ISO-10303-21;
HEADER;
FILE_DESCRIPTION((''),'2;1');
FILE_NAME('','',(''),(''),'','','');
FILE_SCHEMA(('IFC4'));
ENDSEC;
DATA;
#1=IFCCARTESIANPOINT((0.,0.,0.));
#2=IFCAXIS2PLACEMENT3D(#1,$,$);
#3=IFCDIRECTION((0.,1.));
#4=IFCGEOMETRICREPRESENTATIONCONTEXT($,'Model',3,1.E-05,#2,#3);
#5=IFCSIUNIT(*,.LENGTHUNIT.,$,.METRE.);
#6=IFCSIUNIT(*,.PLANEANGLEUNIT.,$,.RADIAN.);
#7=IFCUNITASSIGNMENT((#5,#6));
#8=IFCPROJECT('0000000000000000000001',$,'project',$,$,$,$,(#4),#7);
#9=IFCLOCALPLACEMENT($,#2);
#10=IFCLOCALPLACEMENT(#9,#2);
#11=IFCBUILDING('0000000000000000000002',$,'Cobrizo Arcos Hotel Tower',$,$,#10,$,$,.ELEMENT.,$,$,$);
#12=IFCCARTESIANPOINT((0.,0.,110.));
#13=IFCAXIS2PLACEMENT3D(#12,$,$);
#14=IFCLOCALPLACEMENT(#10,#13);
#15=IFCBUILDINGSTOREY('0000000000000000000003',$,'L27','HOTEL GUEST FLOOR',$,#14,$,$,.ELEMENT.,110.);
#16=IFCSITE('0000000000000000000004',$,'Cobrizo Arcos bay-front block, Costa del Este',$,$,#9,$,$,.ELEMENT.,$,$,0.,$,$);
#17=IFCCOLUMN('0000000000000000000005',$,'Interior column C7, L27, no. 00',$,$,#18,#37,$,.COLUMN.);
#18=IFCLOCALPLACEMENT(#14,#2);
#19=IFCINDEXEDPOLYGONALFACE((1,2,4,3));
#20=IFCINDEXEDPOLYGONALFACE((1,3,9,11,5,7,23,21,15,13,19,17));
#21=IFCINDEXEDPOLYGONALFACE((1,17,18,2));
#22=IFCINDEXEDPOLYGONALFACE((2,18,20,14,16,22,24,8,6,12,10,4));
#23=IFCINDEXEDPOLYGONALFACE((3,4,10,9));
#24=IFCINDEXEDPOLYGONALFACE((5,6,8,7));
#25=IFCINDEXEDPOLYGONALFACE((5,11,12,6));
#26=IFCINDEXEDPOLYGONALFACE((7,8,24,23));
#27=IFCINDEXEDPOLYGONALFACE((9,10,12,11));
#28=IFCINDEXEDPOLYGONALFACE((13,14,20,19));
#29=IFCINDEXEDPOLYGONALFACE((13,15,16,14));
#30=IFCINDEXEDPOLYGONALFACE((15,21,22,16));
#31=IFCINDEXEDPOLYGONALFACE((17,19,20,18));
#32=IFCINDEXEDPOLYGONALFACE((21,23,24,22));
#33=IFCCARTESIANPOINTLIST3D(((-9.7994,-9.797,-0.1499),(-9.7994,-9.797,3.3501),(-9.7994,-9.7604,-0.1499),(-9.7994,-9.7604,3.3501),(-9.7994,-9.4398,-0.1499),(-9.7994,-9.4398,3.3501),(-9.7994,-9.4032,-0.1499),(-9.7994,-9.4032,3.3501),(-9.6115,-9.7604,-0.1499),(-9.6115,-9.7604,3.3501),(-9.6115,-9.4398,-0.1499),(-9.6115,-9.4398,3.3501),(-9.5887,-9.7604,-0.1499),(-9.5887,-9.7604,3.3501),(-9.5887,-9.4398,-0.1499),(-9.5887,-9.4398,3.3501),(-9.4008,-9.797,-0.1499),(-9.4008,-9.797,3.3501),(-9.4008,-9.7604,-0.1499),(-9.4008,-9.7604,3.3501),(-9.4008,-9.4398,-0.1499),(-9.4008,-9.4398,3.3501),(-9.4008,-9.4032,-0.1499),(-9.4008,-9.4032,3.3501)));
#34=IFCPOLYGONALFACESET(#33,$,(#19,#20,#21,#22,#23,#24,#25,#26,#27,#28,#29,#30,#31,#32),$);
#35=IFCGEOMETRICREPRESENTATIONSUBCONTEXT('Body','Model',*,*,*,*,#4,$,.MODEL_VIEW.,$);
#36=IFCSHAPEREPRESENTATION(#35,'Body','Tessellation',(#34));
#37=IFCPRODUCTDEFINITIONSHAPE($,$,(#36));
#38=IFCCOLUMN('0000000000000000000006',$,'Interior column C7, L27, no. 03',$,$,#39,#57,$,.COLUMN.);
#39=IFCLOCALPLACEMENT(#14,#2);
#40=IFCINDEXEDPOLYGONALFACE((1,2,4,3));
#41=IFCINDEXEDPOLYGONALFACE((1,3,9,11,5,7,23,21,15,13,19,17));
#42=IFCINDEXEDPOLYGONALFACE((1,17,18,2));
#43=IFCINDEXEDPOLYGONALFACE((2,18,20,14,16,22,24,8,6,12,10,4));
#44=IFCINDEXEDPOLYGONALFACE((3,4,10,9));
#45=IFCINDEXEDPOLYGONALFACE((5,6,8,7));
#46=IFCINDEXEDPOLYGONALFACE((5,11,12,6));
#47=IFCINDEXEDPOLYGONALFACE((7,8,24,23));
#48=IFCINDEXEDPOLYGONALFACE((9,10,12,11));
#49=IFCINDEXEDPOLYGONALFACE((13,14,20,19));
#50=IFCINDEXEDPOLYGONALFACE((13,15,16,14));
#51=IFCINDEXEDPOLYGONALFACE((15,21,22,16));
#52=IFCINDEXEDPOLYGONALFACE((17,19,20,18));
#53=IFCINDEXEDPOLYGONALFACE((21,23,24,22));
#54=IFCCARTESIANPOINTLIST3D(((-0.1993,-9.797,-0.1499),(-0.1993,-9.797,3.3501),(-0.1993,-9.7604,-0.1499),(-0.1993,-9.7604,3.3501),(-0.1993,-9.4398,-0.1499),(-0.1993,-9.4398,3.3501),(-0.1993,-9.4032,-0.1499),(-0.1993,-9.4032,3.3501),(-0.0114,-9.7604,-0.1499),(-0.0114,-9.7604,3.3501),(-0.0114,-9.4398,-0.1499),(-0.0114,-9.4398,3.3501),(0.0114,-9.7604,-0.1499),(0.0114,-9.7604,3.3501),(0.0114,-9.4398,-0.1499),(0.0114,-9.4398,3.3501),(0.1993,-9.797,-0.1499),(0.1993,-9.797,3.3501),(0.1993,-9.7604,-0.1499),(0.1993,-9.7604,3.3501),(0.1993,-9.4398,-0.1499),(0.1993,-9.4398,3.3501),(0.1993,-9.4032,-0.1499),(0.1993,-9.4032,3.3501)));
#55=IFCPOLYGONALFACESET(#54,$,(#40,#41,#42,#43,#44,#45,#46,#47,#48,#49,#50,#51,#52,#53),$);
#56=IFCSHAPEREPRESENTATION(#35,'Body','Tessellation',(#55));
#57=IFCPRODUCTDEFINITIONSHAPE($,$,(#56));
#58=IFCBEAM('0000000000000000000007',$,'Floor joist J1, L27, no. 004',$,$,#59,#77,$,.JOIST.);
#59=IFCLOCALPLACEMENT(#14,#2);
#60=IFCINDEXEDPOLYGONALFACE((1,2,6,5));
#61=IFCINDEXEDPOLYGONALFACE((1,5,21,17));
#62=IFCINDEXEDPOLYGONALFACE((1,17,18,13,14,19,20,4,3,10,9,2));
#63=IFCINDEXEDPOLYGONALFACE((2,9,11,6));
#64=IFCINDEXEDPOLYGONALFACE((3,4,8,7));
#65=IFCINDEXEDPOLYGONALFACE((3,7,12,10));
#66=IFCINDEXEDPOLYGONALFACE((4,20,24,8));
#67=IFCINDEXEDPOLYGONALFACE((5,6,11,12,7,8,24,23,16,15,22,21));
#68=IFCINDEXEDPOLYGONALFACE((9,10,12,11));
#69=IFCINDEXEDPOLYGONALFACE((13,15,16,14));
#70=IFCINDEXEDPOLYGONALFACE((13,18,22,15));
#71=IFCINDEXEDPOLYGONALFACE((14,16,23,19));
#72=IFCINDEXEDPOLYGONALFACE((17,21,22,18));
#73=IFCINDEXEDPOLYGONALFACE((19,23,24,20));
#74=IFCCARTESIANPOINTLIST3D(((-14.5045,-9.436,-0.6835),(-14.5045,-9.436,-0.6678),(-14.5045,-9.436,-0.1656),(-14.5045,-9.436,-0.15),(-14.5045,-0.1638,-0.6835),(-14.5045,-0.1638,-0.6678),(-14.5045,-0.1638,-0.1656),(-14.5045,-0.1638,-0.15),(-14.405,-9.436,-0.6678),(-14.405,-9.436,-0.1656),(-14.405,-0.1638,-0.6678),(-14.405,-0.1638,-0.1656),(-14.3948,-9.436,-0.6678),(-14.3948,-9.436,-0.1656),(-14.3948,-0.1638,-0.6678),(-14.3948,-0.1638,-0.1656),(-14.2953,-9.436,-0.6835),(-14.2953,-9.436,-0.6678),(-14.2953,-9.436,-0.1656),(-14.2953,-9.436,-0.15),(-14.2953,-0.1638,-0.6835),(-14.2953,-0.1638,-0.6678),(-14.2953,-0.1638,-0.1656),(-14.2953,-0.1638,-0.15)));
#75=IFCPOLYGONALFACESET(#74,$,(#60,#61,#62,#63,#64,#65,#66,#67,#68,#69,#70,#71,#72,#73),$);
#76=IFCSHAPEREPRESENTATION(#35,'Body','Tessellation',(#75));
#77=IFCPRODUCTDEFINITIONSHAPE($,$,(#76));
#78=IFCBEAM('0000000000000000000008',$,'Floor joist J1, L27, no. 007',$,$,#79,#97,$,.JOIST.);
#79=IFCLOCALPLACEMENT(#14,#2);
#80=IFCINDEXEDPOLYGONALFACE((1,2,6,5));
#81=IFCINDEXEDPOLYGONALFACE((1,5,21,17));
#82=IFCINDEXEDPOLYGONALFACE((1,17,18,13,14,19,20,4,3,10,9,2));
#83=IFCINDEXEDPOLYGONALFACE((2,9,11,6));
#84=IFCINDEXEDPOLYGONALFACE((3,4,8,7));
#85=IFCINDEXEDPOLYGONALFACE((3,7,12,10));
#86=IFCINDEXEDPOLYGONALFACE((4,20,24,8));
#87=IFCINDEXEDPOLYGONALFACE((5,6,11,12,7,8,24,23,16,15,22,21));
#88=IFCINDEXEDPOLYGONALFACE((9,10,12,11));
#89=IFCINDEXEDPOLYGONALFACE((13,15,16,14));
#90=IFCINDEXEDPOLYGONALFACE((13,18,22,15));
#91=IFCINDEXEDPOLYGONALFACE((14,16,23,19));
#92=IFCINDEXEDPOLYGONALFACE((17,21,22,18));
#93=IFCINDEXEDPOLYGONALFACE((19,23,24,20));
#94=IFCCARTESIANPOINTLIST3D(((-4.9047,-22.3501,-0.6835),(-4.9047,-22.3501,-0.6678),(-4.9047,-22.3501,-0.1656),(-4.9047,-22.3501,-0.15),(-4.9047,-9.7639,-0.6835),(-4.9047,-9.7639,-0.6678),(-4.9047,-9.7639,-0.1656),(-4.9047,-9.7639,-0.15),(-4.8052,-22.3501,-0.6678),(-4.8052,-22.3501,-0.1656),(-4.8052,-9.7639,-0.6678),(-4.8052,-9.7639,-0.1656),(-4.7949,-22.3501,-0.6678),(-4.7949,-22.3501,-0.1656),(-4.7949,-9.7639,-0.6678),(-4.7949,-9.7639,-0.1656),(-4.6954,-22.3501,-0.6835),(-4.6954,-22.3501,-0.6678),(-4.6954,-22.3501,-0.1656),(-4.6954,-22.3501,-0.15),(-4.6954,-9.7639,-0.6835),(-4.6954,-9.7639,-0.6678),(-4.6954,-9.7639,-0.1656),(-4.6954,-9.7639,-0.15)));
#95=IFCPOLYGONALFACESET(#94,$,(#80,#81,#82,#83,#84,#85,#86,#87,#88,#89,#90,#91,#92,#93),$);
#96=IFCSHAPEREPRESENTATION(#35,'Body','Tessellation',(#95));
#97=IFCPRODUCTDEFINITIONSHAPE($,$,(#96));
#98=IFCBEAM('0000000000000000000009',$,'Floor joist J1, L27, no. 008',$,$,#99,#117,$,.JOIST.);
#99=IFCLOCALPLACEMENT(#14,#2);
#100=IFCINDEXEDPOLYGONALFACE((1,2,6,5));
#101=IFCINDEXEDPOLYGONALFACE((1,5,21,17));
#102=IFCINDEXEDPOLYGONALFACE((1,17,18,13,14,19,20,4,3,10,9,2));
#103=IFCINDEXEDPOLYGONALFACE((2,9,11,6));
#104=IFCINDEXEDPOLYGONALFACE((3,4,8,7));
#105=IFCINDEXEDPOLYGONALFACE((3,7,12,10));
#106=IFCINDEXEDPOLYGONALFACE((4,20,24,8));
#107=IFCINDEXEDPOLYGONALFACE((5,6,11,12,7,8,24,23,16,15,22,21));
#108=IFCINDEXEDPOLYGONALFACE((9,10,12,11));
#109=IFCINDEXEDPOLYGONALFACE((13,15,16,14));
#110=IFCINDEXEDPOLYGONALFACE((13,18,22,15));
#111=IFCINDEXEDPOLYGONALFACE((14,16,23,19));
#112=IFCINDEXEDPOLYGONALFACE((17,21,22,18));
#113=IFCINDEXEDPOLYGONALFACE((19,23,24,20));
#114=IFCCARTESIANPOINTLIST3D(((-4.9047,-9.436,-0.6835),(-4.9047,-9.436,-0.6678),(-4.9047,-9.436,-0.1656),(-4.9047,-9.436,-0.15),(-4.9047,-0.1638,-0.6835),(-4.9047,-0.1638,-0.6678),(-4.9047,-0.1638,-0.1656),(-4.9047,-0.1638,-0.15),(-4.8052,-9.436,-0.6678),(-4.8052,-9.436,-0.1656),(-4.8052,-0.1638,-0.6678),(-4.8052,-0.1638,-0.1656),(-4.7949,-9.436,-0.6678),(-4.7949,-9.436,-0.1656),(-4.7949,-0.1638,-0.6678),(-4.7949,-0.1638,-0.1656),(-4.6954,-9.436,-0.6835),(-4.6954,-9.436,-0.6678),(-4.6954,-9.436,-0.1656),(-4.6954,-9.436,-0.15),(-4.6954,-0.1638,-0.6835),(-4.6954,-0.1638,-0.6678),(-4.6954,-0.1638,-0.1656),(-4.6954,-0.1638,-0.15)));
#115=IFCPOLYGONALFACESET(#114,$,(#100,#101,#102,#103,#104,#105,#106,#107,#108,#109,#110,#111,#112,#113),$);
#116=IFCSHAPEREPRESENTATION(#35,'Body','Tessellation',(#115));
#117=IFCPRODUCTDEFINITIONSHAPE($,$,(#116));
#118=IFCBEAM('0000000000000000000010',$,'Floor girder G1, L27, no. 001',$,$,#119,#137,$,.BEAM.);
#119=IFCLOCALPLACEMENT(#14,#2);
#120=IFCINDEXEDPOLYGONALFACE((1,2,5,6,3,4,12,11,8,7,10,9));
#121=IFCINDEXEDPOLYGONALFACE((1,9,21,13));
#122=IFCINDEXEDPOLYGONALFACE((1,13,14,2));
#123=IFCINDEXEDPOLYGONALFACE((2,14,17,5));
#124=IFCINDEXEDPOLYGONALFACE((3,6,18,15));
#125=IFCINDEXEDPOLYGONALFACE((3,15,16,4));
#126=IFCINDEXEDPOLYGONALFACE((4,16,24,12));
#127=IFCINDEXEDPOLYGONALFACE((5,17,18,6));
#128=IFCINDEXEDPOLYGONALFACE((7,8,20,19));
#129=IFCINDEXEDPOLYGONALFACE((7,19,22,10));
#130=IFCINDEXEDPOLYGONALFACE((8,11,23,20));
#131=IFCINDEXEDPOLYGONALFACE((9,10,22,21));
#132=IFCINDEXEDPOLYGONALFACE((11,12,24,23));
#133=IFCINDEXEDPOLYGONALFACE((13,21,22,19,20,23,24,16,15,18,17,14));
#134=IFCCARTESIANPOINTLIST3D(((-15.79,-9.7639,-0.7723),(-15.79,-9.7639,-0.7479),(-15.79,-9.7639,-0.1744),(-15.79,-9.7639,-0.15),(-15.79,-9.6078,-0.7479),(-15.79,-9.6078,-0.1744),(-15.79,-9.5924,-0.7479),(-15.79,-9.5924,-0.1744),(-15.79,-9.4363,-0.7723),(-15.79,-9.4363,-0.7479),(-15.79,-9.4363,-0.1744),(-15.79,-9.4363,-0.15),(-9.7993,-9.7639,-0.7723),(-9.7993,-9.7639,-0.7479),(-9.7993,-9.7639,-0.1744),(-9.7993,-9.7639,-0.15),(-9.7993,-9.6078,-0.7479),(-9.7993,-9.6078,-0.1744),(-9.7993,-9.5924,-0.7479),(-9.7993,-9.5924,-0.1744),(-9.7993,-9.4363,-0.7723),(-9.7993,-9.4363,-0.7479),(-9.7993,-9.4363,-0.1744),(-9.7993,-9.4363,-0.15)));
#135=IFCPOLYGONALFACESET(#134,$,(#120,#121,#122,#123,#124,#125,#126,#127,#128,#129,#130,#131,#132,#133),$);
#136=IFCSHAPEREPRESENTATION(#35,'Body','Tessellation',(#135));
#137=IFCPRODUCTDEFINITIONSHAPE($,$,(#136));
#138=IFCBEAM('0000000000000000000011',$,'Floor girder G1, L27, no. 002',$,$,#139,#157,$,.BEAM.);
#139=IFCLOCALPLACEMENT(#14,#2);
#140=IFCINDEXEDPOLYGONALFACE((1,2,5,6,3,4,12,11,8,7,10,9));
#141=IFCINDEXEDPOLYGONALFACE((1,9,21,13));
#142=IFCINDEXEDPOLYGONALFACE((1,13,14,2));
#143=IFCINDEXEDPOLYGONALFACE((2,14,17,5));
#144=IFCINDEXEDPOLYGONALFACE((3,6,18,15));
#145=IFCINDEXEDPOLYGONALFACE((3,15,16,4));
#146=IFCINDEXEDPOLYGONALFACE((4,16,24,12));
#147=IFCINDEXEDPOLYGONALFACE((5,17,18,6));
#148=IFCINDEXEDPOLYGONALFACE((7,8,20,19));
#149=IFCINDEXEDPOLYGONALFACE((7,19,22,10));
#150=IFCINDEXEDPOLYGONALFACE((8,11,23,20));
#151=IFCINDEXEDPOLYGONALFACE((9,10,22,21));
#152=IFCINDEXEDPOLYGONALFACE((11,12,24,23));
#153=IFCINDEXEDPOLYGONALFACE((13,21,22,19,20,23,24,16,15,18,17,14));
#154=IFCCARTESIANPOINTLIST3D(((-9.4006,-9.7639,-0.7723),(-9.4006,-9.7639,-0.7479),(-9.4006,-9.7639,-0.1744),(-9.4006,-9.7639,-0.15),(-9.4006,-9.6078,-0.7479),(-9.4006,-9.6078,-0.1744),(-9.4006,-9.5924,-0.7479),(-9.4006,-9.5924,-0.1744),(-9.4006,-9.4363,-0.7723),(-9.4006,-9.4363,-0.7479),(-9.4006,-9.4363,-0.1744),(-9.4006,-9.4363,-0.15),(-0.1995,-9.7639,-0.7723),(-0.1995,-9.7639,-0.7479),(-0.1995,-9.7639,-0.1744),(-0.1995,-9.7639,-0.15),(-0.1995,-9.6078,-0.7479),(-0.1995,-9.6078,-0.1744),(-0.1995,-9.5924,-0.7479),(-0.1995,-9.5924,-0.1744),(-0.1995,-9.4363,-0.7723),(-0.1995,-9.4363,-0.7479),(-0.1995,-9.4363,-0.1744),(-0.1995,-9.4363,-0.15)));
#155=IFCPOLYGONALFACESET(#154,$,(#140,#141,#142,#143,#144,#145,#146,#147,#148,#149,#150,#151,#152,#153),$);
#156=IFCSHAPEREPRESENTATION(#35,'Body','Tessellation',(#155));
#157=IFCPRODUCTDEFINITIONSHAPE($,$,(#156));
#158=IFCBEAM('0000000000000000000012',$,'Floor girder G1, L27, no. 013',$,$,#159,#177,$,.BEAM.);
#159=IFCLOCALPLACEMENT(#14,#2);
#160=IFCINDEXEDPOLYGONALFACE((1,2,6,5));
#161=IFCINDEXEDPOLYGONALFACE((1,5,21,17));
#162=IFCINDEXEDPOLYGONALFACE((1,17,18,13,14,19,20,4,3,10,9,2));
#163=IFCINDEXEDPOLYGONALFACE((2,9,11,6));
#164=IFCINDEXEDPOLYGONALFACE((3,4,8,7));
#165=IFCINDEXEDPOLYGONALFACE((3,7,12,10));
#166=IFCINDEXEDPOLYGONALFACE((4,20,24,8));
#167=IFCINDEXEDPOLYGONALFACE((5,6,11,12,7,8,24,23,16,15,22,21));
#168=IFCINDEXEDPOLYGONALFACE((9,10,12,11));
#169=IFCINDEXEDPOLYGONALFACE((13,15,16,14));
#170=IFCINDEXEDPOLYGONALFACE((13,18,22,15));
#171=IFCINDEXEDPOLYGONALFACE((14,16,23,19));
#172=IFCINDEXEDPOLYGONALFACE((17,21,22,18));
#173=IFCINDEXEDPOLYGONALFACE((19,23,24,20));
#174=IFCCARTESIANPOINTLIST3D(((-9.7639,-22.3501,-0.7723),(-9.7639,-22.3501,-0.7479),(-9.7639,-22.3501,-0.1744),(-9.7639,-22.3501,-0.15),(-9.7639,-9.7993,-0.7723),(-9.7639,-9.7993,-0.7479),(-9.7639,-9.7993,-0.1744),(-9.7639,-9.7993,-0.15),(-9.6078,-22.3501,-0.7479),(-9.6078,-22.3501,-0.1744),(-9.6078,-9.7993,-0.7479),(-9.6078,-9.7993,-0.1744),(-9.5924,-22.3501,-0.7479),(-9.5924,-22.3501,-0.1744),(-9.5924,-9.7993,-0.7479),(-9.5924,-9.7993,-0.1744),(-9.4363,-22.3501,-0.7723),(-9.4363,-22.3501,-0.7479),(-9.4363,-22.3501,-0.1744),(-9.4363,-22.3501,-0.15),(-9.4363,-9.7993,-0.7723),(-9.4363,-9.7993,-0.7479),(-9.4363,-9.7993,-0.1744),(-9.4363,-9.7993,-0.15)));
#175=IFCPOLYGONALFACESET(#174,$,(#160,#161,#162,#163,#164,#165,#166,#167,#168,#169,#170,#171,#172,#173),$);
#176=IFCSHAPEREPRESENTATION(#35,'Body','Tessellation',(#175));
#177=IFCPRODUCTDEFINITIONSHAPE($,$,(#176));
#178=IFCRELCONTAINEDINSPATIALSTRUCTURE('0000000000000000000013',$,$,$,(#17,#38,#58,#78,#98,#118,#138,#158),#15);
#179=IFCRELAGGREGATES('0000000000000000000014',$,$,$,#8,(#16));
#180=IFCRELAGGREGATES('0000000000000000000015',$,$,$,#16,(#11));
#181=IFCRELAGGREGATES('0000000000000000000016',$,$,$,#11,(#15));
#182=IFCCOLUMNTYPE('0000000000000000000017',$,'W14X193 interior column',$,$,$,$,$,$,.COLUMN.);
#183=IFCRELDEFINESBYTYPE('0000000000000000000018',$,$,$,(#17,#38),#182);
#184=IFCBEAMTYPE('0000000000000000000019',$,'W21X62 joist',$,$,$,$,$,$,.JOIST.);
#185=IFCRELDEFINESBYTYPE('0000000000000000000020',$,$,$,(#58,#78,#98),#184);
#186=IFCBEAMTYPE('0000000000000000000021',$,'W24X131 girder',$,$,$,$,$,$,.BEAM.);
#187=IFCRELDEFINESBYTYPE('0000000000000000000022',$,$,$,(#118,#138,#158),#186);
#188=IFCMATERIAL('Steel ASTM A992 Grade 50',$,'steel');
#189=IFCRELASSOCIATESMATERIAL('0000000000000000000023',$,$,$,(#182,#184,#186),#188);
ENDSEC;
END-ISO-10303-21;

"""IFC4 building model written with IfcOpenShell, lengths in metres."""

from ifc_helpers import new_model, si_unit, direction, frame, origin, origin_2d, place, context, subcontext, project, spatial, i_section, extrude, material, material_profile, profile_set, type_object, element, save


model = new_model("IFC4")

# Units and contexts
model_context = context("Model", 3, precision=1e-05, world=origin(), true_north=direction((0.0, 1.0)))
body_context = subcontext(model_context, "Body", "Model", "MODEL_VIEW")
ifc_project = project(units=[si_unit("LENGTHUNIT", "METRE"), si_unit("PLANEANGLEUNIT", "RADIAN")], contexts=[model_context])

# Site, building, storey
site_placement = place(None, origin())
site = spatial("IfcSite", under=ifc_project, at=site_placement, Name="Cobrizo Arcos bay-front block, Costa del Este", CompositionType="ELEMENT", RefElevation=0.0)
building_placement = place(site_placement, origin())
building = spatial("IfcBuilding", under=site, at=building_placement, Name="Cobrizo Arcos Hotel Tower", CompositionType="ELEMENT")
storey_placement = place(building_placement, frame((0.0, 0.0, 110.0)))
storey = spatial("IfcBuildingStorey", under=building, at=storey_placement, Name="L27", Description="HOTEL GUEST FLOOR", CompositionType="ELEMENT", Elevation=110.0)

# Columns
ifc_material_1 = material(Name="Steel ASTM A992 Grade 50", Category="steel")
ifc_material_profile_1 = material_profile(ifc_material_1, i_section(OverallWidth=0.3987, OverallDepth=0.3938, WebThickness=0.0227, FlangeThickness=0.0366, at=origin_2d()), Name="W14X193")
ifc_profile_set_1 = profile_set([ifc_material_profile_1], Name="Steel ASTM A992 Grade 50")
column_type = type_object("IfcColumnType", Name="W14X193 interior column", PredefinedType="COLUMN", material=ifc_profile_set_1)
for number, where, z_axis, x_axis, name in (
    (1, (-9.6001, -9.6001, -0.1499), (0.0, 0.0, 1.0), (1.0, 0.0, 0.0), "Interior column C7, L27, no. 00"),
    (2, (0.0, -9.6001, -0.1499), (0.0, 0.0, 1.0), (1.0, 0.0, 0.0), "Interior column C7, L27, no. 03"),
):
    element("IfcColumn", number, at=place(storey_placement, frame(where, z_axis=z_axis, x_axis=x_axis)), inside=storey, type_object=column_type, Name=name, PredefinedType="COLUMN", context=body_context, shape_type="SweptSolid", body=[
        extrude(i_section(OverallWidth=0.3987, OverallDepth=0.3938, WebThickness=0.0227, FlangeThickness=0.0366, at=origin_2d()), origin(), (0.0, 0.0, 1.0), 3.5),
    ])

# Beams
ifc_material_profile_2 = material_profile(ifc_material_1, i_section(OverallWidth=0.2092, OverallDepth=0.5334, WebThickness=0.0103, FlangeThickness=0.0156, at=origin_2d()), Name="W21X62")
ifc_profile_set_2 = profile_set([ifc_material_profile_2], Name="Steel ASTM A992 Grade 50")
beam_type_1 = type_object("IfcBeamType", Name="W21X62 joist", PredefinedType="JOIST", material=ifc_profile_set_2)
beam_1_placement = place(storey_placement, frame((-14.3999, -9.436, -0.4167), z_axis=(0.0, 1.0, 0.0), x_axis=(-1.0, 0.0, 0.0)))
element("IfcBeam", 3, at=beam_1_placement, inside=storey, type_object=beam_type_1, Name="Floor joist J1, L27, no. 004", PredefinedType="JOIST", context=body_context, shape_type="SweptSolid", body=[
    extrude(i_section(OverallWidth=0.2092, OverallDepth=0.5334, WebThickness=0.0103, FlangeThickness=0.0156, at=origin_2d()), origin(), (0.0, 0.0, 1.0), 9.2722),
])
beam_2_placement = place(storey_placement, frame((-4.8, -22.3501, -0.4167), z_axis=(0.0, 1.0, 0.0), x_axis=(-1.0, 0.0, 0.0)))
element("IfcBeam", 4, at=beam_2_placement, inside=storey, type_object=beam_type_1, Name="Floor joist J1, L27, no. 007", PredefinedType="JOIST", context=body_context, shape_type="SweptSolid", body=[
    extrude(i_section(OverallWidth=0.2092, OverallDepth=0.5334, WebThickness=0.0103, FlangeThickness=0.0156, at=origin_2d()), origin(), (0.0, 0.0, 1.0), 12.5862),
])
beam_3_placement = place(storey_placement, frame((-4.8, -9.436, -0.4167), z_axis=(0.0, 1.0, 0.0), x_axis=(-1.0, 0.0, 0.0)))
element("IfcBeam", 5, at=beam_3_placement, inside=storey, type_object=beam_type_1, Name="Floor joist J1, L27, no. 008", PredefinedType="JOIST", context=body_context, shape_type="SweptSolid", body=[
    extrude(i_section(OverallWidth=0.2092, OverallDepth=0.5334, WebThickness=0.0103, FlangeThickness=0.0156, at=origin_2d()), origin(), (0.0, 0.0, 1.0), 9.2722),
])
ifc_material_profile_3 = material_profile(ifc_material_1, i_section(OverallWidth=0.3276, OverallDepth=0.6223, WebThickness=0.0154, FlangeThickness=0.0244, at=origin_2d()), Name="W24X131")
ifc_profile_set_3 = profile_set([ifc_material_profile_3], Name="Steel ASTM A992 Grade 50")
beam_type_2 = type_object("IfcBeamType", Name="W24X131 girder", PredefinedType="BEAM", material=ifc_profile_set_3)
beam_4_placement = place(storey_placement, frame((-15.79, -9.6001, -0.4612), z_axis=(1.0, 0.0, 0.0), x_axis=(0.0, 1.0, 0.0)))
element("IfcBeam", 6, at=beam_4_placement, inside=storey, type_object=beam_type_2, Name="Floor girder G1, L27, no. 001", PredefinedType="BEAM", context=body_context, shape_type="SweptSolid", body=[
    extrude(i_section(OverallWidth=0.3276, OverallDepth=0.6223, WebThickness=0.0154, FlangeThickness=0.0244, at=origin_2d()), origin(), (0.0, 0.0, 1.0), 5.9907),
])
beam_5_placement = place(storey_placement, frame((-9.4006, -9.6001, -0.4612), z_axis=(1.0, 0.0, 0.0), x_axis=(0.0, 1.0, 0.0)))
element("IfcBeam", 7, at=beam_5_placement, inside=storey, type_object=beam_type_2, Name="Floor girder G1, L27, no. 002", PredefinedType="BEAM", context=body_context, shape_type="SweptSolid", body=[
    extrude(i_section(OverallWidth=0.3276, OverallDepth=0.6223, WebThickness=0.0154, FlangeThickness=0.0244, at=origin_2d()), origin(), (0.0, 0.0, 1.0), 9.2012),
])
beam_6_placement = place(storey_placement, frame((-9.6001, -22.3501, -0.4612), z_axis=(0.0, 1.0, 0.0), x_axis=(-1.0, 0.0, 0.0)))
element("IfcBeam", 8, at=beam_6_placement, inside=storey, type_object=beam_type_2, Name="Floor girder G1, L27, no. 013", PredefinedType="BEAM", context=body_context, shape_type="SweptSolid", body=[
    extrude(i_section(OverallWidth=0.3276, OverallDepth=0.6223, WebThickness=0.0154, FlangeThickness=0.0244, at=origin_2d()), origin(), (0.0, 0.0, 1.0), 12.5508),
])

save(model, "model.ifc")
